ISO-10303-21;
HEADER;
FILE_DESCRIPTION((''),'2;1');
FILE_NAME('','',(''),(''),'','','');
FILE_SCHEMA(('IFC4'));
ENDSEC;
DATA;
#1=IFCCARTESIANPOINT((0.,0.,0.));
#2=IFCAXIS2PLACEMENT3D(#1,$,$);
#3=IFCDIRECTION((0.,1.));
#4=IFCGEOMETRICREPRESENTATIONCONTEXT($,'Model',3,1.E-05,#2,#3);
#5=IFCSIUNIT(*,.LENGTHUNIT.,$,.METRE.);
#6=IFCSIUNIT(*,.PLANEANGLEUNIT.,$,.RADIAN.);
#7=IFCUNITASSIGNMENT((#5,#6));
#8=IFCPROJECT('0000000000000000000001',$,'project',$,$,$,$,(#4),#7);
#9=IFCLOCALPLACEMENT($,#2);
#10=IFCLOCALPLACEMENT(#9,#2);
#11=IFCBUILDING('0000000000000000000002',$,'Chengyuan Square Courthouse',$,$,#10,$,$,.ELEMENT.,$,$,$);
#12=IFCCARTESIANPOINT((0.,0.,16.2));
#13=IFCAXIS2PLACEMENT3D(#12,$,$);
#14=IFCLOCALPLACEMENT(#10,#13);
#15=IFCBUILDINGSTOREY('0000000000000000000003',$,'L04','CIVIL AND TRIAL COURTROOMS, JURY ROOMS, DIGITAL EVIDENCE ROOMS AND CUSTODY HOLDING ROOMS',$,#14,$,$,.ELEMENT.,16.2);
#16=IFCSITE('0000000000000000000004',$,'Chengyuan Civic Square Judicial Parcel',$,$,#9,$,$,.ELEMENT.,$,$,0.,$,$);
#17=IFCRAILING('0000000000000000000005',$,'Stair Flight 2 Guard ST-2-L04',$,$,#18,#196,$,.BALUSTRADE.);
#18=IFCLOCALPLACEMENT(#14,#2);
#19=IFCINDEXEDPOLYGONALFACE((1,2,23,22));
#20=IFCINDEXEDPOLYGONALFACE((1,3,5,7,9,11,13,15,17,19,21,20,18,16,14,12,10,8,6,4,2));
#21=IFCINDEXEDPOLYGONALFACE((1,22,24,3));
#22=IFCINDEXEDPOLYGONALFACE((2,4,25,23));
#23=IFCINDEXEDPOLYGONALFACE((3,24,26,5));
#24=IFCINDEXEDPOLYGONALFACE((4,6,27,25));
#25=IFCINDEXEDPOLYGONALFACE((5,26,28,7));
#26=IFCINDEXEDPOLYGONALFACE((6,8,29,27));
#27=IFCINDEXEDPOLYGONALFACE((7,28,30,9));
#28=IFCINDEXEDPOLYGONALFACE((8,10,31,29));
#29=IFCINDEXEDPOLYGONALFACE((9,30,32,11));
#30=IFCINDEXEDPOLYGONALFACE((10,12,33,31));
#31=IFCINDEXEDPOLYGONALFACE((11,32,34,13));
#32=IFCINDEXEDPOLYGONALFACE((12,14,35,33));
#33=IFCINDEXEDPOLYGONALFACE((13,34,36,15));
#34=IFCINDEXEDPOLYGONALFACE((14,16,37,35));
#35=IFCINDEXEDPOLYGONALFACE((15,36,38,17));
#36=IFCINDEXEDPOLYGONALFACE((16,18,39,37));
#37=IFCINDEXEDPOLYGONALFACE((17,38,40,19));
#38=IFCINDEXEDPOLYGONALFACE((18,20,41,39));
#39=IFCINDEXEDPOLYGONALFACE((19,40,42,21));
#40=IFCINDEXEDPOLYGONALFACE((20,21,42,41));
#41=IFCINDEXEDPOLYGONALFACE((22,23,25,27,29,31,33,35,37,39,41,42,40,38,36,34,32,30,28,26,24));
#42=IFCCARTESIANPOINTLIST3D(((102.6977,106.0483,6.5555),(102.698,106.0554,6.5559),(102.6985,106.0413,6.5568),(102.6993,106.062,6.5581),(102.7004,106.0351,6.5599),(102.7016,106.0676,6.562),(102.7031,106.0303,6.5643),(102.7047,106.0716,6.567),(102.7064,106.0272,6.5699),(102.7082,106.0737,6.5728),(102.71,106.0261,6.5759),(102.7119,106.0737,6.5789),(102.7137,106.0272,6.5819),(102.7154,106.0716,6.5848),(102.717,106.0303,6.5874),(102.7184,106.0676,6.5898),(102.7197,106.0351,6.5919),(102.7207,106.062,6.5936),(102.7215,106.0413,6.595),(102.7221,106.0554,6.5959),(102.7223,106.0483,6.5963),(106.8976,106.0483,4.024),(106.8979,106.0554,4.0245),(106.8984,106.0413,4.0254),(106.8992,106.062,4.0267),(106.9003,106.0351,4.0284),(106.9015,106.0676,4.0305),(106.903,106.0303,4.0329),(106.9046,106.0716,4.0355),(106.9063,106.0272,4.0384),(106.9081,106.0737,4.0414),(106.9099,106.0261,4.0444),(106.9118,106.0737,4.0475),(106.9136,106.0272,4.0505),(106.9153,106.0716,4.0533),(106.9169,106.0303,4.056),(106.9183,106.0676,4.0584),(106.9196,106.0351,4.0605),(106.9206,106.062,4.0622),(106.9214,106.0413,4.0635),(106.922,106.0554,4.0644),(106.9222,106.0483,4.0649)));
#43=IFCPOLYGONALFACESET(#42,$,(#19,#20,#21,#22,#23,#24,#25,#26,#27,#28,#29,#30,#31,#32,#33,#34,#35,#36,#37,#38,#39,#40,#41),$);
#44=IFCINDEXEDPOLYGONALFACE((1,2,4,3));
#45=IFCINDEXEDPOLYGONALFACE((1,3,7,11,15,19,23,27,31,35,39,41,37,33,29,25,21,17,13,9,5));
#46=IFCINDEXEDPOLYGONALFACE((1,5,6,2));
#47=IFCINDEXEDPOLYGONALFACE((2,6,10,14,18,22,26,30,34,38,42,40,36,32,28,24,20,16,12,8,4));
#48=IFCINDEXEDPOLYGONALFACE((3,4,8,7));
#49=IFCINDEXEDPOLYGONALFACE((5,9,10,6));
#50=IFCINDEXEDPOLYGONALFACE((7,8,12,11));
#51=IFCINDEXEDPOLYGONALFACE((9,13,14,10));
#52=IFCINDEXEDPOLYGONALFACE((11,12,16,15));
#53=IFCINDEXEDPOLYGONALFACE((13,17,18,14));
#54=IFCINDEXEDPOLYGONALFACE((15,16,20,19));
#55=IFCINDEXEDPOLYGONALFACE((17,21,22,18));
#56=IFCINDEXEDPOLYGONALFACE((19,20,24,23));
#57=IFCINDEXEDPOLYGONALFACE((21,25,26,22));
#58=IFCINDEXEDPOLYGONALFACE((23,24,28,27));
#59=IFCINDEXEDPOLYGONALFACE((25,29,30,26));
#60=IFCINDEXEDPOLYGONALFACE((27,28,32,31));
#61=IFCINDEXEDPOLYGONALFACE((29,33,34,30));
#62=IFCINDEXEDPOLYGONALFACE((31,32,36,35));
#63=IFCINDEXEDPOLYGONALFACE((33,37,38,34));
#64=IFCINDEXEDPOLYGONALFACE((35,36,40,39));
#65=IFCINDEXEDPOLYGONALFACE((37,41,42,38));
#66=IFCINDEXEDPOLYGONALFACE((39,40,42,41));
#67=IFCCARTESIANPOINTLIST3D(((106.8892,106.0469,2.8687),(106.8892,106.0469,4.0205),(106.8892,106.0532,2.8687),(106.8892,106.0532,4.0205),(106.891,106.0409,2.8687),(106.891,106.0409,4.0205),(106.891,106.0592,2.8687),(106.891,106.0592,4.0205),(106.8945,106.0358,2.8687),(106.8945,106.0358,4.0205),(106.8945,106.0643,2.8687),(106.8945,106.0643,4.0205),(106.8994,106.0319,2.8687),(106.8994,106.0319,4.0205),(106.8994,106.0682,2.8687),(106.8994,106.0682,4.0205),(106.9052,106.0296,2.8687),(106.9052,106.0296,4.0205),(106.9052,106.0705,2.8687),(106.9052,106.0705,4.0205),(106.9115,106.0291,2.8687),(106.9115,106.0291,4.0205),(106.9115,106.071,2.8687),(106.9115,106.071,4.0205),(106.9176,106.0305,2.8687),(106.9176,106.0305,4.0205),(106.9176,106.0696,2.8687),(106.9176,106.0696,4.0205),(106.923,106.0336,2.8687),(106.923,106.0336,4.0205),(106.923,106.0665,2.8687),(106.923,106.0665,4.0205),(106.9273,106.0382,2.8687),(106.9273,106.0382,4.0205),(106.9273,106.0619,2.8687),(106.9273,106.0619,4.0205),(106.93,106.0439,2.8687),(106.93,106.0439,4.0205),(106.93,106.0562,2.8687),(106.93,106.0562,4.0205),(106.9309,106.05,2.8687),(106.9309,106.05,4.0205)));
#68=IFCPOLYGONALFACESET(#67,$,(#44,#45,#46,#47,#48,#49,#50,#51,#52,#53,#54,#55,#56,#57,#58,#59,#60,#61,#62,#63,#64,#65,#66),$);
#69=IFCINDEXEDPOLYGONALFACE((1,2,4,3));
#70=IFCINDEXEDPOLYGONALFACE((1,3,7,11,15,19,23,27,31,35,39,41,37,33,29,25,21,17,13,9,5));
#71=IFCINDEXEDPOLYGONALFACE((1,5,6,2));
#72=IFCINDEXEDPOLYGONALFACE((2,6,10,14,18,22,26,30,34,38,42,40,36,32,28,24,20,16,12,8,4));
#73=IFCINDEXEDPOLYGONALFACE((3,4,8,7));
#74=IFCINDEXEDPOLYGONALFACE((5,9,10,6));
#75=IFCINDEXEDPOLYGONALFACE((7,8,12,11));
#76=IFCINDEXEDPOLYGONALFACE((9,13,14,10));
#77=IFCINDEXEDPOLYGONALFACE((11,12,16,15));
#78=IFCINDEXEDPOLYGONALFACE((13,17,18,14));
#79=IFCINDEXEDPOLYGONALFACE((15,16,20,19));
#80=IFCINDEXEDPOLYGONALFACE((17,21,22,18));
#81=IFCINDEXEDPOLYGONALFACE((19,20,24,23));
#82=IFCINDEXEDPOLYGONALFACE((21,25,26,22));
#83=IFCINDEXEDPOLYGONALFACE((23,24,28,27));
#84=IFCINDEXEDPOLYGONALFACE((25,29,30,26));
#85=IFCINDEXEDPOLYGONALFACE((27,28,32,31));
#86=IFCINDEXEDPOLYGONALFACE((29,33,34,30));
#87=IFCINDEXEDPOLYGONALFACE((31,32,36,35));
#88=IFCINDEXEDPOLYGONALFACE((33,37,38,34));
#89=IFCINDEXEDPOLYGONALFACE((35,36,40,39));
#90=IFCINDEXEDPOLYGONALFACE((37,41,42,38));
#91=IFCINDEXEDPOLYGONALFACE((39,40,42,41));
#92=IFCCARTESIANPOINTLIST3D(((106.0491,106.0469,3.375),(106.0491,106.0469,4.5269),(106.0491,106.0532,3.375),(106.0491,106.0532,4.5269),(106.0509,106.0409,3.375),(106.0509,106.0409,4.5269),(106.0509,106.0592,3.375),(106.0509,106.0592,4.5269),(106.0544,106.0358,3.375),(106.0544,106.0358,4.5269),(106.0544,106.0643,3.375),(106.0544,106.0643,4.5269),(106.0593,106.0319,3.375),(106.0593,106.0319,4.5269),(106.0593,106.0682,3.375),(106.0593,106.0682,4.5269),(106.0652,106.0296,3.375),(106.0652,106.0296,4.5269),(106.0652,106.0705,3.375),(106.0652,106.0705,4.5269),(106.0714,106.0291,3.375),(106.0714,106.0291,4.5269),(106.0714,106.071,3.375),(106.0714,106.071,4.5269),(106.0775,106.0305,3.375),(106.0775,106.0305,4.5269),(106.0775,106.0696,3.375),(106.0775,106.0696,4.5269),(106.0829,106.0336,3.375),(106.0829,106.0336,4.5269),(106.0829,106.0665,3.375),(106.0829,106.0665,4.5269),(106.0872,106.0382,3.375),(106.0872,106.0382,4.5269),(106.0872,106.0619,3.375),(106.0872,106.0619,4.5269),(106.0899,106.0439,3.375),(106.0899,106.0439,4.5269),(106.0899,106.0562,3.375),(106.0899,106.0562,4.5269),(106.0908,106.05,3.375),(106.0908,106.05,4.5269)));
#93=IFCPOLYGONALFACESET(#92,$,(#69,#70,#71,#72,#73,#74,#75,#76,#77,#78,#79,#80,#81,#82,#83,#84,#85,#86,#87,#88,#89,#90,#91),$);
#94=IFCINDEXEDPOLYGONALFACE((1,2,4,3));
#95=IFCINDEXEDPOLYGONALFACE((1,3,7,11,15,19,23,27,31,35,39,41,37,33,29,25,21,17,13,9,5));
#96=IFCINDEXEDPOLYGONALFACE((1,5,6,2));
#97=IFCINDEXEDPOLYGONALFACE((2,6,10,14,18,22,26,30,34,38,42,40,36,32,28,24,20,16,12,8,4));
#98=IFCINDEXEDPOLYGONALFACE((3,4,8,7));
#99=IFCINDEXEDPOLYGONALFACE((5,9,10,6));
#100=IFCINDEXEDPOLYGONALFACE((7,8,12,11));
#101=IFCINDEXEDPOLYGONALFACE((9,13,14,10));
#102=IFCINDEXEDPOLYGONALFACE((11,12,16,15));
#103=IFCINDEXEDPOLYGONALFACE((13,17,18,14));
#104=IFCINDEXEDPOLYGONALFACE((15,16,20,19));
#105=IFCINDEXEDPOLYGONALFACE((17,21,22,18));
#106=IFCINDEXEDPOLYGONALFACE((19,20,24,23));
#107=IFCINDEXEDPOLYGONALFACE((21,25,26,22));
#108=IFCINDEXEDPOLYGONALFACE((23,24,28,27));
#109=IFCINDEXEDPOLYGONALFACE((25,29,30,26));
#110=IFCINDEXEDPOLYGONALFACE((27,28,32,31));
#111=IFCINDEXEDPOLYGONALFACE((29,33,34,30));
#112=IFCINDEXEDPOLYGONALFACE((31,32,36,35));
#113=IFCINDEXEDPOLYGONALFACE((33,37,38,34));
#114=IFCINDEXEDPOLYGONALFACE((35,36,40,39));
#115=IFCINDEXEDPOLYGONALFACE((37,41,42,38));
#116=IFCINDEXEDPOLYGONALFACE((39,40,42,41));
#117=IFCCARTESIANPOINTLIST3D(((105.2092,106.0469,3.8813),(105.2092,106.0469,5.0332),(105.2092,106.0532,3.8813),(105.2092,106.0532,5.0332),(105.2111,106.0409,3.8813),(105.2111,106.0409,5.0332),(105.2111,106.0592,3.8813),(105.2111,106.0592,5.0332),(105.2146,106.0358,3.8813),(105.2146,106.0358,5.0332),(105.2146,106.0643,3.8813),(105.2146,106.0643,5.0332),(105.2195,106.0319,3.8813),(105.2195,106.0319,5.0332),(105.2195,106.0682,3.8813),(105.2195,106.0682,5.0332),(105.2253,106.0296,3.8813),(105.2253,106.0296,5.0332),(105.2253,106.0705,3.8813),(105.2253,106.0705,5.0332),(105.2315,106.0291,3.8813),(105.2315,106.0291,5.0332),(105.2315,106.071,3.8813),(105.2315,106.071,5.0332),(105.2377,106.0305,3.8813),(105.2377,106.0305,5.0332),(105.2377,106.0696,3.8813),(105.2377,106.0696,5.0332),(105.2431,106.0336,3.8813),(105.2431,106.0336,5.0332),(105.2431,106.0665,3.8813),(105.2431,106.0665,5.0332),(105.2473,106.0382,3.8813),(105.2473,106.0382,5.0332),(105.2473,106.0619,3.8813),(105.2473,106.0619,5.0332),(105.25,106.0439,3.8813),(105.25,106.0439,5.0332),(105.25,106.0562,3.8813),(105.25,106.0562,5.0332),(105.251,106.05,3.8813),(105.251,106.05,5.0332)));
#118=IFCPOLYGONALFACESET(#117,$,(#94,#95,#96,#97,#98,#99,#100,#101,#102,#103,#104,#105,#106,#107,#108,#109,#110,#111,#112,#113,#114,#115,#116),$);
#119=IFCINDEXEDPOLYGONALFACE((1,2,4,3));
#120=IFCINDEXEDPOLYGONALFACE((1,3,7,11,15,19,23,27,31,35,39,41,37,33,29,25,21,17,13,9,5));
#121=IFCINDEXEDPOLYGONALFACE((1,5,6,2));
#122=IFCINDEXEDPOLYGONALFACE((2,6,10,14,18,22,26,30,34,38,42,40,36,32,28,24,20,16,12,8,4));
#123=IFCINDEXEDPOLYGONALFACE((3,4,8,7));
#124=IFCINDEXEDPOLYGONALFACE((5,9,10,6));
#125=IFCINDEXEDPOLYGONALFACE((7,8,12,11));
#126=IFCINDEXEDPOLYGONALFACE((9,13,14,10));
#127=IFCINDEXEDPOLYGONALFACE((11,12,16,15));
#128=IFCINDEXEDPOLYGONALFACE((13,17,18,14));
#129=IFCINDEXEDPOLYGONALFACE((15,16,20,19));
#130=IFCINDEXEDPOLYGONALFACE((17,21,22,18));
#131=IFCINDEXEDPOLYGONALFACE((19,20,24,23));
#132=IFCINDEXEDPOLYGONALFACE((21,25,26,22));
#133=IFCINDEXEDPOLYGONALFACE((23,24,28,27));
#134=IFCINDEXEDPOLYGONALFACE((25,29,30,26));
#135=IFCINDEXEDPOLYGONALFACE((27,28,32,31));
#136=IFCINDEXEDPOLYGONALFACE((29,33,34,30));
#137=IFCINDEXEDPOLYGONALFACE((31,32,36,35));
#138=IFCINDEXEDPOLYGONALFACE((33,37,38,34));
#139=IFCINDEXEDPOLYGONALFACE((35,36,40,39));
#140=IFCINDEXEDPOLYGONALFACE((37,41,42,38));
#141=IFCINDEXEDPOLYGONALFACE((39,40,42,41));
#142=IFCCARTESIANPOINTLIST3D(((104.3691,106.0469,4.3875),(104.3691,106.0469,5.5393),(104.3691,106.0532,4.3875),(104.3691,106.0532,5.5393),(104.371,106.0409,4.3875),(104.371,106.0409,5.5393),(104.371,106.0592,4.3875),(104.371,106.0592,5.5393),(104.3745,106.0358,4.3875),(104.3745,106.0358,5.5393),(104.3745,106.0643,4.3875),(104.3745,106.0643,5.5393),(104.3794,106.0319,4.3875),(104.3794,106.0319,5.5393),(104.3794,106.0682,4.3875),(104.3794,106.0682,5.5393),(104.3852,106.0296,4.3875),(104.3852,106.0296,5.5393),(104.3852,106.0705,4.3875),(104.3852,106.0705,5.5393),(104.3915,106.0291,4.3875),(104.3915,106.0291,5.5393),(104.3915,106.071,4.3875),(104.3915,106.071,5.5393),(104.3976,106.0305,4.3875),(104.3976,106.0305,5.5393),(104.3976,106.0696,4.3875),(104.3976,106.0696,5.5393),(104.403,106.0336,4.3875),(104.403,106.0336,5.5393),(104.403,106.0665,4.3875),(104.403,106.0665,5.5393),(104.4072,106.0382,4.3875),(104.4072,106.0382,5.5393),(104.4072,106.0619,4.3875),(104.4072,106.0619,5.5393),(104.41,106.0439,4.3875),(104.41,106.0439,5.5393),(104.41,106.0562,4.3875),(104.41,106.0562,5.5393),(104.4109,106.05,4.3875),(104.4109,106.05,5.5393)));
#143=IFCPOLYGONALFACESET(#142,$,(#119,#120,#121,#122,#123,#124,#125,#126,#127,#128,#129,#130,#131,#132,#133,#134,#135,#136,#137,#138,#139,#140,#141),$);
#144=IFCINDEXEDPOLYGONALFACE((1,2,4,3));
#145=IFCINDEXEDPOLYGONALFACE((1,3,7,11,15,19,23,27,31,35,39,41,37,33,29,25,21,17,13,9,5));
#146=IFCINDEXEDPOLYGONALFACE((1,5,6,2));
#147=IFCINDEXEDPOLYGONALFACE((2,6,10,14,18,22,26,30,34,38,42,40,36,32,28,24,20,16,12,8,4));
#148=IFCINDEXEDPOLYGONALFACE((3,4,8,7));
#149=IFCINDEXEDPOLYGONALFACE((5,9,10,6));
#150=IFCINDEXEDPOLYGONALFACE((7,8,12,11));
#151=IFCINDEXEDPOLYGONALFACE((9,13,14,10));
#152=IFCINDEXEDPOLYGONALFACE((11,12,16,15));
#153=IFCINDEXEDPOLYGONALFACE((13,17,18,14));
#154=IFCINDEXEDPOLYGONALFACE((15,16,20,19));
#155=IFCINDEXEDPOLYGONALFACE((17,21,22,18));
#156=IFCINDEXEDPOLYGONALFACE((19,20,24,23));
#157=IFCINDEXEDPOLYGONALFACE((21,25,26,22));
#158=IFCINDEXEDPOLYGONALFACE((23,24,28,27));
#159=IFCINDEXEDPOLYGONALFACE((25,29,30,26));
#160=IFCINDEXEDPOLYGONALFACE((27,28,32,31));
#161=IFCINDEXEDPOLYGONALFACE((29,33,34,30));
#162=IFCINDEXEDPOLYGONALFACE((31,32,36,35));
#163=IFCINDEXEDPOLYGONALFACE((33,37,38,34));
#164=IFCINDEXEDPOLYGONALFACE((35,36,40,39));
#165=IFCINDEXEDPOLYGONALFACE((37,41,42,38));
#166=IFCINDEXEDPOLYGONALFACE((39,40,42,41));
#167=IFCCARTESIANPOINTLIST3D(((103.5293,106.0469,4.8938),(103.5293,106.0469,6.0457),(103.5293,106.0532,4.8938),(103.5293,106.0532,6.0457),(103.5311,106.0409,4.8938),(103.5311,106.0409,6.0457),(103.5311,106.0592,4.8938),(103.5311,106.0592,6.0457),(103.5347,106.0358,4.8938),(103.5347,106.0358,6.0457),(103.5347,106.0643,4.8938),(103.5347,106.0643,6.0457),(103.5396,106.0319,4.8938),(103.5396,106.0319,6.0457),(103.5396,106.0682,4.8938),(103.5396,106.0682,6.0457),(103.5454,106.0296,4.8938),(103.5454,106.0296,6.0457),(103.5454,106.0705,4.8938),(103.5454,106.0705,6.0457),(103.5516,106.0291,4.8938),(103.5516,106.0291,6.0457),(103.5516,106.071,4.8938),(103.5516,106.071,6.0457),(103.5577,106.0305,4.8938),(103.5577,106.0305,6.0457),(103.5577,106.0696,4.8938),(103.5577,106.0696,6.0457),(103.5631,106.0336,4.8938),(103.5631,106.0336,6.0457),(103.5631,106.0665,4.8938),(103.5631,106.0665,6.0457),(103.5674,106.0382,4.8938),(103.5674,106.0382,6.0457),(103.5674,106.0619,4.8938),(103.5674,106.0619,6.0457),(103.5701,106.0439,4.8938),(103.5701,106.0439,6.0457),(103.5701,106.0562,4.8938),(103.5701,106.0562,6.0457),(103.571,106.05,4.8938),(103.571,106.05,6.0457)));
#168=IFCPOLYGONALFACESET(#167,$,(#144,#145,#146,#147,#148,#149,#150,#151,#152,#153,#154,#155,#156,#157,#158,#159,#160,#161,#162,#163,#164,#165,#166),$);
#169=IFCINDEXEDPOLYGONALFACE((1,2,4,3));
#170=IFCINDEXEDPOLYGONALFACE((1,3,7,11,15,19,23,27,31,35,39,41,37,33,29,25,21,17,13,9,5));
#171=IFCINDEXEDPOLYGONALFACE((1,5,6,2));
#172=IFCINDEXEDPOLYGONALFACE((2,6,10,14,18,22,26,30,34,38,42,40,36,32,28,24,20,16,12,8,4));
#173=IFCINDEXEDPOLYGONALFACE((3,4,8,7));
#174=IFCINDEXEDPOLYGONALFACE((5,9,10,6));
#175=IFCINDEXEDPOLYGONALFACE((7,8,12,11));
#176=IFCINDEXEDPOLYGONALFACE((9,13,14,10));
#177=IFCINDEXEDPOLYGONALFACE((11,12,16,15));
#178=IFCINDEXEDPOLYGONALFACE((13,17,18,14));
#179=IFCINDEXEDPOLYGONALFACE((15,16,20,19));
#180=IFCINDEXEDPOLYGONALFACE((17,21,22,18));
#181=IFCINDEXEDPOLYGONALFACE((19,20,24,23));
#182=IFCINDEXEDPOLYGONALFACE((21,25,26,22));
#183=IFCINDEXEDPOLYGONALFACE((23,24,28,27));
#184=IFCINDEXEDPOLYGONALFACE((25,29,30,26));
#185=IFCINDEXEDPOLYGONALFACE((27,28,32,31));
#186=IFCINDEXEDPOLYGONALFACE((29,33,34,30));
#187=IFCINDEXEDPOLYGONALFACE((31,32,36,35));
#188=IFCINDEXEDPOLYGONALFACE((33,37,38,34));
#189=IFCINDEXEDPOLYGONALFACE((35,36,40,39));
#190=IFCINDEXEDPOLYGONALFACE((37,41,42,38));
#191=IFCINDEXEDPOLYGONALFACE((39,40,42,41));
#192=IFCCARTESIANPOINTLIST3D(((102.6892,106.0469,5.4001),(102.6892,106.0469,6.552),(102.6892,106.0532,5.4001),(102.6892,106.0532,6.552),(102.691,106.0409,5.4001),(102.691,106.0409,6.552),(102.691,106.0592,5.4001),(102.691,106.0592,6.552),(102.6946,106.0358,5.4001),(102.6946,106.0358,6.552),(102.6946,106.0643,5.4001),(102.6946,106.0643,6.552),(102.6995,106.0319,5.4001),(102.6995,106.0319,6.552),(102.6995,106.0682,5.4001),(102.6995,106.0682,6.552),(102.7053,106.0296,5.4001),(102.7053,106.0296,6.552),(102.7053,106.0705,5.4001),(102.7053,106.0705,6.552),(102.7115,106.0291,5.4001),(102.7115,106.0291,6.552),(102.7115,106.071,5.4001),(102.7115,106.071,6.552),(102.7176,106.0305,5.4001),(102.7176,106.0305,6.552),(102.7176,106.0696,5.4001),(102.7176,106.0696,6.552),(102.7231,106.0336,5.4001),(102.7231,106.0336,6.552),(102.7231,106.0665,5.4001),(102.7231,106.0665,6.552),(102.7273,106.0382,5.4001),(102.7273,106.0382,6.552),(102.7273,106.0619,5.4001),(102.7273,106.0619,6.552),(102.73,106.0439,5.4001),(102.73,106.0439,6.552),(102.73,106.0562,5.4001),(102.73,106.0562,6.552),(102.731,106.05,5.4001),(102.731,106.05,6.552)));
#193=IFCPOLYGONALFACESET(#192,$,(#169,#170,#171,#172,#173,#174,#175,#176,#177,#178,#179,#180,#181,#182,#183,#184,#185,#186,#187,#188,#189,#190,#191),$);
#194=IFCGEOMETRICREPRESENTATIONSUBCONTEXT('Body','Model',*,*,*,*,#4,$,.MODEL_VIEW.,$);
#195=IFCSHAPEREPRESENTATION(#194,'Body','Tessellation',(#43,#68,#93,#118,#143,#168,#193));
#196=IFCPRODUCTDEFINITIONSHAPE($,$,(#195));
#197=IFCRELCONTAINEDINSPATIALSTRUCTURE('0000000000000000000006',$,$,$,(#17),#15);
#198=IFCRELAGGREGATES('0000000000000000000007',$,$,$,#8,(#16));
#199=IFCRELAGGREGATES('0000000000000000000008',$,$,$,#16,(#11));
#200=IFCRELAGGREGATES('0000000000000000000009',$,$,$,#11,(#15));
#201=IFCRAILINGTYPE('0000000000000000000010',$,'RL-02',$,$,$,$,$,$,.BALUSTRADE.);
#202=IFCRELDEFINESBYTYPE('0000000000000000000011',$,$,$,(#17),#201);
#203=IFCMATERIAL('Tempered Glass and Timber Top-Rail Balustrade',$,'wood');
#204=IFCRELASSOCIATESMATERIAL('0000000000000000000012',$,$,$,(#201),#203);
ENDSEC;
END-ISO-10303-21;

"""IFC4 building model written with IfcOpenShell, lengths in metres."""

from ifc_helpers import new_model, si_unit, direction, frame, origin, origin_2d, place, context, subcontext, project, spatial, circle, extrude, material, type_object, element, save


model = new_model("IFC4")

# Units and contexts
model_context = context("Model", 3, precision=1e-05, world=origin(), true_north=direction((0.0, 1.0)))
body_context = subcontext(model_context, "Body", "Model", "MODEL_VIEW")
ifc_project = project(units=[si_unit("LENGTHUNIT", "METRE"), si_unit("PLANEANGLEUNIT", "RADIAN")], contexts=[model_context])

# Site, building, storey
site_placement = place(None, origin())
site = spatial("IfcSite", under=ifc_project, at=site_placement, Name="Chengyuan Civic Square Judicial Parcel", CompositionType="ELEMENT", RefElevation=0.0)
building_placement = place(site_placement, origin())
building = spatial("IfcBuilding", under=site, at=building_placement, Name="Chengyuan Square Courthouse", CompositionType="ELEMENT")
storey_placement = place(building_placement, frame((0.0, 0.0, 16.2)))
storey = spatial("IfcBuildingStorey", under=building, at=storey_placement, Name="L04", Description="CIVIL AND TRIAL COURTROOMS, JURY ROOMS, DIGITAL EVIDENCE ROOMS AND CUSTODY HOLDING ROOMS", CompositionType="ELEMENT", Elevation=16.2)

# Railing
ifc_material_1 = material(Name="Tempered Glass and Timber Top-Rail Balustrade", Category="wood")
railing_type_1 = type_object("IfcRailingType", Name="RL-02", PredefinedType="BALUSTRADE", material=ifc_material_1)
railing_1_placement = place(storey_placement, frame((106.9099, 106.05, 2.8687)))
element("IfcRailing", 1, at=railing_1_placement, inside=storey, type_object=railing_type_1, Name="Stair Flight 2 Guard ST-2-L04", PredefinedType="BALUSTRADE", context=body_context, shape_type="SweptSolid", body=[
    extrude(circle(Radius=0.0239, at=origin_2d()), frame((0.0, 0.0, 1.1758), z_axis=(-0.856454, 0.0, 0.516223), x_axis=(0.0, -1.0, 0.0)), (0.0, 0.0, 1.0), 4.9038),
    extrude(circle(Radius=0.021, at=origin_2d()), origin(), (0.0, 0.0, 1.0), 1.1519),
    extrude(circle(Radius=0.021, at=origin_2d()), frame((-0.8401, 0.0, 0.5063)), (0.0, 0.0, 1.0), 1.1519),
    extrude(circle(Radius=0.021, at=origin_2d()), frame((-1.6799, 0.0, 1.0127)), (0.0, 0.0, 1.0), 1.1519),
    extrude(circle(Radius=0.021, at=origin_2d()), frame((-2.52, 0.0, 1.5188)), (0.0, 0.0, 1.0), 1.1519),
    extrude(circle(Radius=0.021, at=origin_2d()), frame((-3.3599, 0.0, 2.0251)), (0.0, 0.0, 1.0), 1.1519),
    extrude(circle(Radius=0.021, at=origin_2d()), frame((-4.2, 0.0, 2.5315)), (0.0, 0.0, 1.0), 1.1519),
])

save(model, "model.ifc")
